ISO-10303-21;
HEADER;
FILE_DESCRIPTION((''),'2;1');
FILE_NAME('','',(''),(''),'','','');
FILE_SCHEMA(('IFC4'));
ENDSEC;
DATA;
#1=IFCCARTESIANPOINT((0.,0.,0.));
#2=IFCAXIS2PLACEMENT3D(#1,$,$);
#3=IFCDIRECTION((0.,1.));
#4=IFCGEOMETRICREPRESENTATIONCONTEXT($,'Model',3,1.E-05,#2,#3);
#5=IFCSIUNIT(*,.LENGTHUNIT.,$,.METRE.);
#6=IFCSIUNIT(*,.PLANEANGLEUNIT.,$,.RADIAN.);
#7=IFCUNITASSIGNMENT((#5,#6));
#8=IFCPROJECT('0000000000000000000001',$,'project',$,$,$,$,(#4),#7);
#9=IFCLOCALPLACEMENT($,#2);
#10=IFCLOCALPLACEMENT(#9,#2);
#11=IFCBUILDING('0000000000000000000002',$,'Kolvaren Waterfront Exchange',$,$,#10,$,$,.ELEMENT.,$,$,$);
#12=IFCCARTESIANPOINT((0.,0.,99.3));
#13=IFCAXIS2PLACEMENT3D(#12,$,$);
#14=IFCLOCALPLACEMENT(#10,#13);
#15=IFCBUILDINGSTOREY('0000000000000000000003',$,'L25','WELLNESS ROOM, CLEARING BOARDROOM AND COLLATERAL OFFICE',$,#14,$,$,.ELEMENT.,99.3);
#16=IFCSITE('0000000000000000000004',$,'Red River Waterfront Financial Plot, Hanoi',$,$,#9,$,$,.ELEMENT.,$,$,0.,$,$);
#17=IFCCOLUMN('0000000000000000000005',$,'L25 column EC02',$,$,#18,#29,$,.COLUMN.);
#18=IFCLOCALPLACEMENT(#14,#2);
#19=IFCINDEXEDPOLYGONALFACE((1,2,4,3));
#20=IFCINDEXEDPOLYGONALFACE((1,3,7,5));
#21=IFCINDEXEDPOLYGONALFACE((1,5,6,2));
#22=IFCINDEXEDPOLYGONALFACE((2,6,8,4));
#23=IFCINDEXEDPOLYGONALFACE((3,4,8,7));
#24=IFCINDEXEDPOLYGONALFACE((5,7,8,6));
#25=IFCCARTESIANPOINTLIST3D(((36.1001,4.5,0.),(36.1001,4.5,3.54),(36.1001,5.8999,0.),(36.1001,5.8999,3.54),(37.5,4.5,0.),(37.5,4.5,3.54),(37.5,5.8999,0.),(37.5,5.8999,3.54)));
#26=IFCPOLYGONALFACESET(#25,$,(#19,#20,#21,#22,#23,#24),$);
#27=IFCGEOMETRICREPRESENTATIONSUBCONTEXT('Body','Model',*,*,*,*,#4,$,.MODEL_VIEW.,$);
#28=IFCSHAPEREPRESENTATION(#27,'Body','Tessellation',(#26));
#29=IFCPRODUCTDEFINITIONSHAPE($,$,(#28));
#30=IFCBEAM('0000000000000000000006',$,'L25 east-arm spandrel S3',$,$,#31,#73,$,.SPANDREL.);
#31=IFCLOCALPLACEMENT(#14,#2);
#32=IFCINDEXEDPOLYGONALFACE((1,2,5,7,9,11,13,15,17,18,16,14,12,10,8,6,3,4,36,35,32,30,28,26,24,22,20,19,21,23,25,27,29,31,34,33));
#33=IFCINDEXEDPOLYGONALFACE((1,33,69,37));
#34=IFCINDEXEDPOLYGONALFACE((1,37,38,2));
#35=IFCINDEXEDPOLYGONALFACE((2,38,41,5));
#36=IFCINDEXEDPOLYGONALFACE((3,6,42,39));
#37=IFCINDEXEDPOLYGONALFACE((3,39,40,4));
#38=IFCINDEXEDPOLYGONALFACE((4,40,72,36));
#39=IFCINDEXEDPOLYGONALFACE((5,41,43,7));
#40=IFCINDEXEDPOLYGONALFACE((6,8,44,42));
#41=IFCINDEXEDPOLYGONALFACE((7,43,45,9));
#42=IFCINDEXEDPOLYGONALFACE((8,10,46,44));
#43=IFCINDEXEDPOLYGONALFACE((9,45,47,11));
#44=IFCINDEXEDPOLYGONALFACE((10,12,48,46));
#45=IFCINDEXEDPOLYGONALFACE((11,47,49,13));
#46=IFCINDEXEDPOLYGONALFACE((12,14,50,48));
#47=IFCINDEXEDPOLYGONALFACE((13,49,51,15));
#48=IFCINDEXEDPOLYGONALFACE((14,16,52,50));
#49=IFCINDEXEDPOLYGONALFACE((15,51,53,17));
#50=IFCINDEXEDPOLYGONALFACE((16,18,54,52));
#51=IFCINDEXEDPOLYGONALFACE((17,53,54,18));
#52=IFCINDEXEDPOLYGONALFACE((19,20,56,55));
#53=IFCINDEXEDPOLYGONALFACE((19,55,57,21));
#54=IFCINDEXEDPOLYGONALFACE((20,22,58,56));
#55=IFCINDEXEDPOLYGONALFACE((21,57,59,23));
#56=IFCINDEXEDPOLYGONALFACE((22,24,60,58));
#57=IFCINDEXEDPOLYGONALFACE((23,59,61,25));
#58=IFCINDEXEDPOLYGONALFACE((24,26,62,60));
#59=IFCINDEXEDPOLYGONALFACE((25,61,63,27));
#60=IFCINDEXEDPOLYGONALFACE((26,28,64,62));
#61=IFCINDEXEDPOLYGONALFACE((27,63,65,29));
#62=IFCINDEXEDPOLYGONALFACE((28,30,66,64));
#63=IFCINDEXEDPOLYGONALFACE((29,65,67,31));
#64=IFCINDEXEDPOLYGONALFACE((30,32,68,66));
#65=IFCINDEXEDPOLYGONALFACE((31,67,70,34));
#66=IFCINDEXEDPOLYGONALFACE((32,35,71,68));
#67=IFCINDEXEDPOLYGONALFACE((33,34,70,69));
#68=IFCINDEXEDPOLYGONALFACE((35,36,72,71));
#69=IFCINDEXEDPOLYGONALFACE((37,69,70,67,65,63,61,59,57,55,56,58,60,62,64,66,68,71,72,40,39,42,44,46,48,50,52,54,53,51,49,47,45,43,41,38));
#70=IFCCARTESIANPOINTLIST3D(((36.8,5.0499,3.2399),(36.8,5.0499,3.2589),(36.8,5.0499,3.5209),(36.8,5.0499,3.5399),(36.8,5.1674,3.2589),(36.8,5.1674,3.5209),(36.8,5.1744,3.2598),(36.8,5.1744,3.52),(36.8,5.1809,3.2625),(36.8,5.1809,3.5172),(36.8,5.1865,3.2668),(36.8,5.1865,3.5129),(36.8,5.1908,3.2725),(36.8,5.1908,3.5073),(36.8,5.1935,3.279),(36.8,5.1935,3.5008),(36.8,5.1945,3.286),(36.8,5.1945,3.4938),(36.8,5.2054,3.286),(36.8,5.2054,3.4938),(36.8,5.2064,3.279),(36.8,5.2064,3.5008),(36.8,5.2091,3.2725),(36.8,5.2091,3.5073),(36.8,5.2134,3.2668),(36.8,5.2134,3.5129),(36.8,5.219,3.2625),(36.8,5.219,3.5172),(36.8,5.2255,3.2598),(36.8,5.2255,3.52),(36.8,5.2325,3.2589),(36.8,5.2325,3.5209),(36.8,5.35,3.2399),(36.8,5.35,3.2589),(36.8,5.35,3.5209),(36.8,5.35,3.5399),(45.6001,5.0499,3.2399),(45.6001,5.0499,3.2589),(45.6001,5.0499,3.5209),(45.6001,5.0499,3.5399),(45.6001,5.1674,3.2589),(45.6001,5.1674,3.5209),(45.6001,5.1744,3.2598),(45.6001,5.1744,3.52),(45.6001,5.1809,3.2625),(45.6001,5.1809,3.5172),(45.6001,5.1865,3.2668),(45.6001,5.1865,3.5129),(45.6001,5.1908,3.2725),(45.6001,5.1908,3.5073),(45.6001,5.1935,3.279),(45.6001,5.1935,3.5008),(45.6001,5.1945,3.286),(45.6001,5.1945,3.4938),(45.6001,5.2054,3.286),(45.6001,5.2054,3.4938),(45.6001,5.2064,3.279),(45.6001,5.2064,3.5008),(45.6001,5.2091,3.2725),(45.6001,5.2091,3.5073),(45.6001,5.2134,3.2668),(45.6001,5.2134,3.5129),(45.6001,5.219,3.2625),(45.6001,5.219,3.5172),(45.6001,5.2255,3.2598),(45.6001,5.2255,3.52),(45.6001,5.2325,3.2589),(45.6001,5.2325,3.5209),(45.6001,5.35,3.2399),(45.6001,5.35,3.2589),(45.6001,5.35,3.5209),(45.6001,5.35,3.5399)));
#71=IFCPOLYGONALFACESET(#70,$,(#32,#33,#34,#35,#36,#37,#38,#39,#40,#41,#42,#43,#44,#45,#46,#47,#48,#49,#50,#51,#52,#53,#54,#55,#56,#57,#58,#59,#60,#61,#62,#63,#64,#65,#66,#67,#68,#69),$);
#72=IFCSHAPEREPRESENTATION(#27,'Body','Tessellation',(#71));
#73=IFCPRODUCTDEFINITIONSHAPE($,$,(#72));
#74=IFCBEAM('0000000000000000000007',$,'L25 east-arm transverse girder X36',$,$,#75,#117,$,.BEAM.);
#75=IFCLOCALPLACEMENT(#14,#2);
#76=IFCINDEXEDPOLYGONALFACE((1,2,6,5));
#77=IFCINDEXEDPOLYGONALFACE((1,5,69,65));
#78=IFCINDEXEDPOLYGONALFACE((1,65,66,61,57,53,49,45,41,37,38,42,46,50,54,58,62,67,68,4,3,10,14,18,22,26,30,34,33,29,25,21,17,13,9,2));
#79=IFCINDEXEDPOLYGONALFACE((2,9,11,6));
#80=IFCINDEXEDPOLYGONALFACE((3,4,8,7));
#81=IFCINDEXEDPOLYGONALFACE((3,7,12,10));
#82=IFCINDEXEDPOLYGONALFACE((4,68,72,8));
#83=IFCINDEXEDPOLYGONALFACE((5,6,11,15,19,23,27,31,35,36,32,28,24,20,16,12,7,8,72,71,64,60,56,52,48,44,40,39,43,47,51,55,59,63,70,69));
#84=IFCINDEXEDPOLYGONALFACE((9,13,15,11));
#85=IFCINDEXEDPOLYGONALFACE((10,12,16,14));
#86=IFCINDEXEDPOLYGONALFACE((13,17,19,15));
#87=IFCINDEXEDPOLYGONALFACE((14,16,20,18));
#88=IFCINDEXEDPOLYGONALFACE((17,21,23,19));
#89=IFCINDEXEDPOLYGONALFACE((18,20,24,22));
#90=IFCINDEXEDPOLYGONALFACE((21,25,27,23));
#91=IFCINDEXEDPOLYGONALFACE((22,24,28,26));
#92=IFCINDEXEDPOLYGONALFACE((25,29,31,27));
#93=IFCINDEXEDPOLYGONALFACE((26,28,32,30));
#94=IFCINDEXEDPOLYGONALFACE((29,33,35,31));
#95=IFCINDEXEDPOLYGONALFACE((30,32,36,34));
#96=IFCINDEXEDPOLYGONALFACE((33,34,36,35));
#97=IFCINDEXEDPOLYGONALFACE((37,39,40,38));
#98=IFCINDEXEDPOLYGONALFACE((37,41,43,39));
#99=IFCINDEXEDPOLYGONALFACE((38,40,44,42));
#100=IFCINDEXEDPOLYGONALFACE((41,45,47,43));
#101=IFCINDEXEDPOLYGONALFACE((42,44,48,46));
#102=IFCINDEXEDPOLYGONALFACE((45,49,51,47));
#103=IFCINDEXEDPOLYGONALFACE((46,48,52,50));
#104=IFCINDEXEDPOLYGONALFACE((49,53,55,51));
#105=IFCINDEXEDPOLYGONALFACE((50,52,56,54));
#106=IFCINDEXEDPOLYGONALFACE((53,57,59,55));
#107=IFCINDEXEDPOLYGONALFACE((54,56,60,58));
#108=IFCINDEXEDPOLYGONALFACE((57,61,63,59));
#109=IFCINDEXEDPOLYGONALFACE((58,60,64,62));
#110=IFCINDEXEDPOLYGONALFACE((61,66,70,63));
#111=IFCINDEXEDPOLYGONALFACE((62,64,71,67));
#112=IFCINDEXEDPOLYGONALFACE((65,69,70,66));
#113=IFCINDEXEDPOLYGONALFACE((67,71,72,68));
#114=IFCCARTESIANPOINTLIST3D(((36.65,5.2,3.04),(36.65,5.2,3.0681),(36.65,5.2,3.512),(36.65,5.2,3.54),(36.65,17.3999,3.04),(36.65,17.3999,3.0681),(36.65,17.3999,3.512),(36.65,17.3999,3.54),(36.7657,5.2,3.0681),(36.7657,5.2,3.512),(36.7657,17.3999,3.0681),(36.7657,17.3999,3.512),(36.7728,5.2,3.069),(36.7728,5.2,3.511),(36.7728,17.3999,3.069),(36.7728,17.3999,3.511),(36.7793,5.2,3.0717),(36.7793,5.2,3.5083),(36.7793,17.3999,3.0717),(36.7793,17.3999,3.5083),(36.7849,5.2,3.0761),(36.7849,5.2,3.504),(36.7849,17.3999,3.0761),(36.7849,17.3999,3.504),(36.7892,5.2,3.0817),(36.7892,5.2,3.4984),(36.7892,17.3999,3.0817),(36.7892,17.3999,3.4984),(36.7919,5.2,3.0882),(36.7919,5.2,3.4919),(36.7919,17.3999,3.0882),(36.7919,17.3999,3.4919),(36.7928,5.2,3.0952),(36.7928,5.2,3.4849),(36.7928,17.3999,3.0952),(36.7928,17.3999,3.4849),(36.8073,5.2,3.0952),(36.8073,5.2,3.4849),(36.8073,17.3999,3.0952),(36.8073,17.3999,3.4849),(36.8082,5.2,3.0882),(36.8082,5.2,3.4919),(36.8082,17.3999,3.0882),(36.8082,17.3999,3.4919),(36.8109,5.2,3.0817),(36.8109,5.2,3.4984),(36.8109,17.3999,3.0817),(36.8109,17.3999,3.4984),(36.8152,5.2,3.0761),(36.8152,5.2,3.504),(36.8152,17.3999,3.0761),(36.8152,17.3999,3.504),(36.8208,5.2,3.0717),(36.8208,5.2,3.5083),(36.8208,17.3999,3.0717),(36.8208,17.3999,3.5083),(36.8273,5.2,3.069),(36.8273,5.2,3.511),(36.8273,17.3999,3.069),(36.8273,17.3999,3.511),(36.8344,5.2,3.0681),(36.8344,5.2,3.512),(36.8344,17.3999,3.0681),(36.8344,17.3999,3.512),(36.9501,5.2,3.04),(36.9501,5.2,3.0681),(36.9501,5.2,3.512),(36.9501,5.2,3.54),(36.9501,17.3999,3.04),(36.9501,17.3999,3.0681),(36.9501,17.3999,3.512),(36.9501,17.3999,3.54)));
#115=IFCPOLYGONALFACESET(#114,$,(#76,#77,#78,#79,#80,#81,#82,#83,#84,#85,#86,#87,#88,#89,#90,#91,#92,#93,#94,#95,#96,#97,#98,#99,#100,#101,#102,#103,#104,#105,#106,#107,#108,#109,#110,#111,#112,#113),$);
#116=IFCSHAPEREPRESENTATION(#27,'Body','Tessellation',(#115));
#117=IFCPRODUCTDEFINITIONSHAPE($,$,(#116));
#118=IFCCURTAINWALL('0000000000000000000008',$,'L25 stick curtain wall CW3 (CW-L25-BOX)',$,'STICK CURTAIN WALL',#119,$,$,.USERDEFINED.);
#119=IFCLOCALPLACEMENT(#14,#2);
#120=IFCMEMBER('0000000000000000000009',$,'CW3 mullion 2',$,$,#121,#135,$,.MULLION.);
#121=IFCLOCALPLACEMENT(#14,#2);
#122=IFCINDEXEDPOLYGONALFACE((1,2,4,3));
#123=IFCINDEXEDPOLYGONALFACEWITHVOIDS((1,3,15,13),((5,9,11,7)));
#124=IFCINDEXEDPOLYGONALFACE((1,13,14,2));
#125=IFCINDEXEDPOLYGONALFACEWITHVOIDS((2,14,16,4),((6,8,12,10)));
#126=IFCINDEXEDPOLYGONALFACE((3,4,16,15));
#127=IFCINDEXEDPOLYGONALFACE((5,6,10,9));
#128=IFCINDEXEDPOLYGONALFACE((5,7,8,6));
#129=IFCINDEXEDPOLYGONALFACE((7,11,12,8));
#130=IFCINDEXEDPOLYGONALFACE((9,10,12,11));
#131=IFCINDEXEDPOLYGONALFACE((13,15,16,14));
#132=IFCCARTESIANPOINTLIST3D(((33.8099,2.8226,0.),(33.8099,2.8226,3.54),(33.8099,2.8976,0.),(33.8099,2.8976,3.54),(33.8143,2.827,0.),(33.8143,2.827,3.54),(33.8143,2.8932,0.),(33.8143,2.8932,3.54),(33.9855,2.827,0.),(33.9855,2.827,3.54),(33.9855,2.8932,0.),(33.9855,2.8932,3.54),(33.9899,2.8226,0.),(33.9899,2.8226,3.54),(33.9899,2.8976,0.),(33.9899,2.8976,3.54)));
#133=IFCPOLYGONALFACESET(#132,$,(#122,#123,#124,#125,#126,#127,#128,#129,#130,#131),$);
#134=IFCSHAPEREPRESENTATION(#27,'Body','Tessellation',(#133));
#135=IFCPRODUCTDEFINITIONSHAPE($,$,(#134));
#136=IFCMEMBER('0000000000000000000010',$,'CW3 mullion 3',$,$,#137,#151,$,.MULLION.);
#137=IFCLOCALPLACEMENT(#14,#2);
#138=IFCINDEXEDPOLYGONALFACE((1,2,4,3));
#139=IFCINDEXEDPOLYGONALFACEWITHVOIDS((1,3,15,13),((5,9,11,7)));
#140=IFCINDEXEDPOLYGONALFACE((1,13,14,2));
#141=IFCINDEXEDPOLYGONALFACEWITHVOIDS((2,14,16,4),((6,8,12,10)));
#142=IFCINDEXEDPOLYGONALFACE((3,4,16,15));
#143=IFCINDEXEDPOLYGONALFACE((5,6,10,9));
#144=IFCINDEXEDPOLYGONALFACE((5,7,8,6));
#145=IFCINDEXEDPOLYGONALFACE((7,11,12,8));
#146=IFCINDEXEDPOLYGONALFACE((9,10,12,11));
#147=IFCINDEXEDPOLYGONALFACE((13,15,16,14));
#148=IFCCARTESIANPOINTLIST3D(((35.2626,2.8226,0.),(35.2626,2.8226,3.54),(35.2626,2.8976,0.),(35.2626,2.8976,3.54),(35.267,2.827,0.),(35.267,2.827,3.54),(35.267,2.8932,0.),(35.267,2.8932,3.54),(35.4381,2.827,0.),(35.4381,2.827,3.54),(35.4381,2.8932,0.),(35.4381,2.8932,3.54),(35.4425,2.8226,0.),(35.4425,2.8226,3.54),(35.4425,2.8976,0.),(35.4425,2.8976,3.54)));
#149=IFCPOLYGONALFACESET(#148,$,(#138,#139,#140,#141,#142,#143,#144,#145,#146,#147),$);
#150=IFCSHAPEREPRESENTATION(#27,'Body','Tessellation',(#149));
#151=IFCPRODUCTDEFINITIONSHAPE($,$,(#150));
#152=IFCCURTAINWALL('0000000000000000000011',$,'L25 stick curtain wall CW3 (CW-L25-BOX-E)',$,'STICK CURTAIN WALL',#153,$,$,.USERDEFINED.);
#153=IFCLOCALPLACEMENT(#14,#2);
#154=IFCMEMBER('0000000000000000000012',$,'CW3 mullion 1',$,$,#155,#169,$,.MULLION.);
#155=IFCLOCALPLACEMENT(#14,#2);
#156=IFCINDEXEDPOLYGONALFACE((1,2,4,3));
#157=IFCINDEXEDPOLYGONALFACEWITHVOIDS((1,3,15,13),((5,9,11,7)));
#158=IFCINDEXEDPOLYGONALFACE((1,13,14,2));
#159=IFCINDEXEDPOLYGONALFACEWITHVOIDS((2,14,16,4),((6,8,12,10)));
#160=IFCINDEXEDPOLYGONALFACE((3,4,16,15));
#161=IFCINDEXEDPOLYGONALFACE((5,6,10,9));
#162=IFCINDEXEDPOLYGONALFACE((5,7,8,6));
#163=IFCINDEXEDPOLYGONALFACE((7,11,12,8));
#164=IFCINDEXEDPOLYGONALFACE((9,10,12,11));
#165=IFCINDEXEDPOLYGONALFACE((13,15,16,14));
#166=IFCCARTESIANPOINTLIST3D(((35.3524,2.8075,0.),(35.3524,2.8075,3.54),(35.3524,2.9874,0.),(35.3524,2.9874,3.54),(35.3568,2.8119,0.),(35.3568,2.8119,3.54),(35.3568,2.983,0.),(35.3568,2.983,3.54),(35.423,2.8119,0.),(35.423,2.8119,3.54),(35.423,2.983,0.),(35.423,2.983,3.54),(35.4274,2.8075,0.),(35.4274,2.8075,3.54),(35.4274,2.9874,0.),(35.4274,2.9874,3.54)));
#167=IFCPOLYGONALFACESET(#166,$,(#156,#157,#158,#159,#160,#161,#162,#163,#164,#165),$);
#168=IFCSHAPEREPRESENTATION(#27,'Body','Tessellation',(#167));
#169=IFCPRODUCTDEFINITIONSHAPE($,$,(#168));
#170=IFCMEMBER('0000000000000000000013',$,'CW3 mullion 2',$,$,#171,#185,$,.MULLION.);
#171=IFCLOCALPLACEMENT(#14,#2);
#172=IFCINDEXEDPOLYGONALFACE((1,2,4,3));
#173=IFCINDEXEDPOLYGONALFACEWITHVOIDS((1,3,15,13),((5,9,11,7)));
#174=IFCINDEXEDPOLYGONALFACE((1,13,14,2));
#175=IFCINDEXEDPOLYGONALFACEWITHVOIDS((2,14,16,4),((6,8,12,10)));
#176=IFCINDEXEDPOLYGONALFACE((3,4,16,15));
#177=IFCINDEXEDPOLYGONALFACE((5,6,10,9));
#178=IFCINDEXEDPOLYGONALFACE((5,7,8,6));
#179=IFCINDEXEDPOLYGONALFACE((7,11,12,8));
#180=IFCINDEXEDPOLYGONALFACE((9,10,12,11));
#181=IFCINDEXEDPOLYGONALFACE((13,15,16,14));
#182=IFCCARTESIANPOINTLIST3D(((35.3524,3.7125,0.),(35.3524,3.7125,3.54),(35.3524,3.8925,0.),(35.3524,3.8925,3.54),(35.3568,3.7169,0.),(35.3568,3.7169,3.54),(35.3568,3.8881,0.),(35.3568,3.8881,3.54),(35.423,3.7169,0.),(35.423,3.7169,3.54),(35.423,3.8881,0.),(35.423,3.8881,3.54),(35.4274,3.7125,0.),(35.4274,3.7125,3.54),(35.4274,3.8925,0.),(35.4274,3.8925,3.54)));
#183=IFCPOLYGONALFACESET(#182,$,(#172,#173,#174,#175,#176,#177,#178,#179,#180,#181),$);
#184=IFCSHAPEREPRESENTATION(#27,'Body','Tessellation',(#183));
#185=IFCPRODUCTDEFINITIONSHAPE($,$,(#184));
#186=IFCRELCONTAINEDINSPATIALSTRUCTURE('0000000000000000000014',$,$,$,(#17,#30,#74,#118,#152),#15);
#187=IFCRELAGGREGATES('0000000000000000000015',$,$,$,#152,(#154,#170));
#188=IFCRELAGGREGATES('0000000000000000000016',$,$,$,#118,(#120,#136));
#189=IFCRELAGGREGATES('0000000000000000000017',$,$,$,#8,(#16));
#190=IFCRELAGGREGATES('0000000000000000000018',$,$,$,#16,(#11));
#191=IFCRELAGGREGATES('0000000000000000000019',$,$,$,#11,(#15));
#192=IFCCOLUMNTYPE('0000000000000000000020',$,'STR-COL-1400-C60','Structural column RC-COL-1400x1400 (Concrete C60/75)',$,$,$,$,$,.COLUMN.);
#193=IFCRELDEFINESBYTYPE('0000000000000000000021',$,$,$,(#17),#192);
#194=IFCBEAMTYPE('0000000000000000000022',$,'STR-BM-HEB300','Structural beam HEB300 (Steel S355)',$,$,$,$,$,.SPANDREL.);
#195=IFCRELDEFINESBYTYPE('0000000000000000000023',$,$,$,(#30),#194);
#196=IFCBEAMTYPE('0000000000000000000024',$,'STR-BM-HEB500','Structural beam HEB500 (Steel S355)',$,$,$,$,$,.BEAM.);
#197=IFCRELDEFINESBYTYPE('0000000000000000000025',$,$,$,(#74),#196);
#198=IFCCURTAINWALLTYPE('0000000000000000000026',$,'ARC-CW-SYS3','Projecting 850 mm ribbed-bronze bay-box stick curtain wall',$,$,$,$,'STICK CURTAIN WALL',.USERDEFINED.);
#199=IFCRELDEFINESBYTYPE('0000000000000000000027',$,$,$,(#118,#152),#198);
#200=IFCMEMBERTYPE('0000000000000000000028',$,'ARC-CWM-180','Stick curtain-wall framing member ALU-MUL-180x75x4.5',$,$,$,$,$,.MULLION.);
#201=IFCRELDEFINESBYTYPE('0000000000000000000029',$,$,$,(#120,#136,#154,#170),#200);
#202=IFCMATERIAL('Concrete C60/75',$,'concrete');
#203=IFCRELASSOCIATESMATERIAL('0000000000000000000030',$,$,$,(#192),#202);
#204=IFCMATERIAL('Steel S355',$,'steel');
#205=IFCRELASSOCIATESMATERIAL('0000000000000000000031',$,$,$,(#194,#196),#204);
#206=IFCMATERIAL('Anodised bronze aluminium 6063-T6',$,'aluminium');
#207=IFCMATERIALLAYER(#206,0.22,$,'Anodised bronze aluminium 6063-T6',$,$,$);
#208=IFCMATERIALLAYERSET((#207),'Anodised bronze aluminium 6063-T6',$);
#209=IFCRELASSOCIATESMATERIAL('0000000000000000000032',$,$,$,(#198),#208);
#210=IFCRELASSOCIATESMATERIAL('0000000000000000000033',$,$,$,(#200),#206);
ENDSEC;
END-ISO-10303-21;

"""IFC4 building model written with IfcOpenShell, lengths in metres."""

from ifc_helpers import new_model, si_unit, direction, frame, origin, origin_with_axes, origin_2d, place, context, subcontext, project, spatial, rectangle, hollow_rectangle, i_section, extrude, source, transform, mapped, material, layer, layer_set, material_profile, profile_set, type_object, element, aggregate, save


model = new_model("IFC4")

# Units and contexts
model_context = context("Model", 3, precision=1e-05, world=origin(), true_north=direction((0.0, 1.0)))
body_context = subcontext(model_context, "Body", "Model", "MODEL_VIEW")
ifc_project = project(units=[si_unit("LENGTHUNIT", "METRE"), si_unit("PLANEANGLEUNIT", "RADIAN")], contexts=[model_context])

# Site, building, storey
site_placement = place(None, origin())
site = spatial("IfcSite", under=ifc_project, at=site_placement, Name="Red River Waterfront Financial Plot, Hanoi", CompositionType="ELEMENT", RefElevation=0.0)
building_placement = place(site_placement, origin())
building = spatial("IfcBuilding", under=site, at=building_placement, Name="Kolvaren Waterfront Exchange", CompositionType="ELEMENT")
storey_placement = place(building_placement, frame((0.0, 0.0, 99.3)))
storey = spatial("IfcBuildingStorey", under=building, at=storey_placement, Name="L25", Description="WELLNESS ROOM, CLEARING BOARDROOM AND COLLATERAL OFFICE", CompositionType="ELEMENT", Elevation=99.3)

# Column
ifc_material_1 = material(Name="Concrete C60/75", Category="concrete")
ifc_material_profile_1 = material_profile(ifc_material_1, rectangle(XDim=1.3999, YDim=1.3999, at=origin_2d()), Name="RC-COL-1400x1400")
ifc_profile_set_1 = profile_set([ifc_material_profile_1], Name="Concrete C60/75")
column_type = type_object("IfcColumnType", Name="STR-COL-1400-C60", Description="Structural column RC-COL-1400x1400 (Concrete C60/75)", PredefinedType="COLUMN", material=ifc_profile_set_1)
column_placement = place(storey_placement, frame((36.8, 5.2, 0.0), z_axis=(0.0, 0.0, 1.0), x_axis=(1.0, 0.0, 0.0)))
element("IfcColumn", 1, at=column_placement, inside=storey, type_object=column_type, Name="L25 column EC02", PredefinedType="COLUMN", context=body_context, shape_type="SweptSolid", body=[
    extrude(rectangle(XDim=1.3999, YDim=1.3999, at=origin_2d()), origin(), (0.0, 0.0, 1.0), 3.54),
])

# Beams
ifc_material_2 = material(Name="Steel S355", Category="steel")
ifc_material_profile_2 = material_profile(ifc_material_2, i_section(OverallWidth=0.3, OverallDepth=0.3, WebThickness=0.011, FlangeThickness=0.019, FilletRadius=0.0271, at=origin_2d()), Name="HEB300")
ifc_profile_set_2 = profile_set([ifc_material_profile_2], Name="Steel S355")
beam_type_1 = type_object("IfcBeamType", Name="STR-BM-HEB300", Description="Structural beam HEB300 (Steel S355)", PredefinedType="SPANDREL", material=ifc_profile_set_2)
beam_1_placement = place(storey_placement, frame((36.8, 5.2, 3.3899), z_axis=(1.0, 0.0, 0.0), x_axis=(0.0, 1.0, 0.0)))
element("IfcBeam", 2, at=beam_1_placement, inside=storey, type_object=beam_type_1, Name="L25 east-arm spandrel S3", PredefinedType="SPANDREL", context=body_context, shape_type="SweptSolid", body=[
    extrude(i_section(OverallWidth=0.3, OverallDepth=0.3, WebThickness=0.011, FlangeThickness=0.019, FilletRadius=0.0271, at=origin_2d()), origin(), (0.0, 0.0, 1.0), 8.8),
])
ifc_material_profile_3 = material_profile(ifc_material_2, i_section(OverallWidth=0.3, OverallDepth=0.5, WebThickness=0.0144, FlangeThickness=0.0281, FilletRadius=0.0271, at=origin_2d()), Name="HEB500")
ifc_profile_set_3 = profile_set([ifc_material_profile_3], Name="Steel S355")
beam_type_2 = type_object("IfcBeamType", Name="STR-BM-HEB500", Description="Structural beam HEB500 (Steel S355)", PredefinedType="BEAM", material=ifc_profile_set_3)
beam_2_placement = place(storey_placement, frame((36.8, 5.2, 3.29), z_axis=(0.0, 1.0, 0.0), x_axis=(-1.0, 0.0, 0.0)))
element("IfcBeam", 3, at=beam_2_placement, inside=storey, type_object=beam_type_2, Name="L25 east-arm transverse girder X36", PredefinedType="BEAM", context=body_context, shape_type="SweptSolid", body=[
    extrude(i_section(OverallWidth=0.3, OverallDepth=0.5, WebThickness=0.0144, FlangeThickness=0.0281, FilletRadius=0.0271, at=origin_2d()), origin(), (0.0, 0.0, 1.0), 12.2),
])

# Curtain walls, members
ifc_material_3 = material(Name="Anodised bronze aluminium 6063-T6", Category="aluminium")
ifc_layer_1 = layer(ifc_material_3, 0.22, Name="Anodised bronze aluminium 6063-T6")
ifc_layer_set_1 = layer_set([ifc_layer_1], Name="Anodised bronze aluminium 6063-T6")
curtain_wall_type_1 = type_object("IfcCurtainWallType", Name="ARC-CW-SYS3", Description="Projecting 850 mm ribbed-bronze bay-box stick curtain wall", ElementType="STICK CURTAIN WALL", PredefinedType="USERDEFINED", material=ifc_layer_set_1)
curtain_wall_1_placement = place(storey_placement, origin())
curtain_wall_1 = element("IfcCurtainWall", 4, at=curtain_wall_1_placement, inside=storey, type_object=curtain_wall_type_1, Name="L25 stick curtain wall CW3 (CW-L25-BOX)", ObjectType="STICK CURTAIN WALL", PredefinedType="USERDEFINED")
ifc_material_profile_4 = material_profile(ifc_material_3, hollow_rectangle(XDim=0.075, YDim=0.1799, WallThickness=0.0044, at=origin_2d()), Name="ALU-MUL-180x75x4.5")
ifc_profile_set_4 = profile_set([ifc_material_profile_4], Name="Anodised bronze aluminium 6063-T6")
member_type_1 = type_object("IfcMemberType", Name="ARC-CWM-180", Description="Stick curtain-wall framing member ALU-MUL-180x75x4.5", PredefinedType="MULLION", material=ifc_profile_set_4)
shared_shape_1 = source(origin_with_axes(), body_context, "Body", "SweptSolid", [
    extrude(hollow_rectangle(XDim=0.075, YDim=0.1799, WallThickness=0.0044, at=origin_2d()), origin(), (0.0, 0.0, 1.0), 3.54),
])
member_1_placement = place(storey_placement, frame((33.8999, 2.8601, 0.0), z_axis=(0.0, 0.0, 1.0), x_axis=(0.0, 1.0, 0.0)))
member_1 = element("IfcMember", 5, at=member_1_placement, type_object=member_type_1, Name="CW3 mullion 2", PredefinedType="MULLION", context=body_context, shape_type="MappedRepresentation", body=[
    mapped(shared_shape_1, transform((0.0, 0.0, 0.0), x_axis=(1.0, 0.0, 0.0), y_axis=(0.0, 1.0, 0.0), z_axis=(0.0, 0.0, 1.0), scale=1.0)),
])
member_2_placement = place(storey_placement, frame((35.3525, 2.8601, 0.0), z_axis=(0.0, 0.0, 1.0), x_axis=(0.0, 1.0, 0.0)))
member_2 = element("IfcMember", 6, at=member_2_placement, type_object=member_type_1, Name="CW3 mullion 3", PredefinedType="MULLION", context=body_context, shape_type="MappedRepresentation", body=[
    mapped(shared_shape_1, transform((0.0, 0.0, 0.0), x_axis=(1.0, 0.0, 0.0), y_axis=(0.0, 1.0, 0.0), z_axis=(0.0, 0.0, 1.0), scale=1.0)),
])
curtain_wall_2_placement = place(storey_placement, origin())
curtain_wall_2 = element("IfcCurtainWall", 7, at=curtain_wall_2_placement, inside=storey, type_object=curtain_wall_type_1, Name="L25 stick curtain wall CW3 (CW-L25-BOX-E)", ObjectType="STICK CURTAIN WALL", PredefinedType="USERDEFINED")
member_3_placement = place(storey_placement, frame((35.3899, 2.8975, 0.0), z_axis=(0.0, 0.0, 1.0), x_axis=(-1.0, 0.0, 0.0)))
member_3 = element("IfcMember", 8, at=member_3_placement, type_object=member_type_1, Name="CW3 mullion 1", PredefinedType="MULLION", context=body_context, shape_type="MappedRepresentation", body=[
    mapped(shared_shape_1, transform((0.0, 0.0, 0.0), x_axis=(1.0, 0.0, 0.0), y_axis=(0.0, 1.0, 0.0), z_axis=(0.0, 0.0, 1.0), scale=1.0)),
])
member_4_placement = place(storey_placement, frame((35.3899, 3.8025, 0.0), z_axis=(0.0, 0.0, 1.0), x_axis=(-1.0, 0.0, 0.0)))
member_4 = element("IfcMember", 9, at=member_4_placement, type_object=member_type_1, Name="CW3 mullion 2", PredefinedType="MULLION", context=body_context, shape_type="MappedRepresentation", body=[
    mapped(shared_shape_1, transform((0.0, 0.0, 0.0), x_axis=(1.0, 0.0, 0.0), y_axis=(0.0, 1.0, 0.0), z_axis=(0.0, 0.0, 1.0), scale=1.0)),
])

aggregate(curtain_wall_2, [member_3, member_4])
aggregate(curtain_wall_1, [member_1, member_2])

save(model, "model.ifc")
